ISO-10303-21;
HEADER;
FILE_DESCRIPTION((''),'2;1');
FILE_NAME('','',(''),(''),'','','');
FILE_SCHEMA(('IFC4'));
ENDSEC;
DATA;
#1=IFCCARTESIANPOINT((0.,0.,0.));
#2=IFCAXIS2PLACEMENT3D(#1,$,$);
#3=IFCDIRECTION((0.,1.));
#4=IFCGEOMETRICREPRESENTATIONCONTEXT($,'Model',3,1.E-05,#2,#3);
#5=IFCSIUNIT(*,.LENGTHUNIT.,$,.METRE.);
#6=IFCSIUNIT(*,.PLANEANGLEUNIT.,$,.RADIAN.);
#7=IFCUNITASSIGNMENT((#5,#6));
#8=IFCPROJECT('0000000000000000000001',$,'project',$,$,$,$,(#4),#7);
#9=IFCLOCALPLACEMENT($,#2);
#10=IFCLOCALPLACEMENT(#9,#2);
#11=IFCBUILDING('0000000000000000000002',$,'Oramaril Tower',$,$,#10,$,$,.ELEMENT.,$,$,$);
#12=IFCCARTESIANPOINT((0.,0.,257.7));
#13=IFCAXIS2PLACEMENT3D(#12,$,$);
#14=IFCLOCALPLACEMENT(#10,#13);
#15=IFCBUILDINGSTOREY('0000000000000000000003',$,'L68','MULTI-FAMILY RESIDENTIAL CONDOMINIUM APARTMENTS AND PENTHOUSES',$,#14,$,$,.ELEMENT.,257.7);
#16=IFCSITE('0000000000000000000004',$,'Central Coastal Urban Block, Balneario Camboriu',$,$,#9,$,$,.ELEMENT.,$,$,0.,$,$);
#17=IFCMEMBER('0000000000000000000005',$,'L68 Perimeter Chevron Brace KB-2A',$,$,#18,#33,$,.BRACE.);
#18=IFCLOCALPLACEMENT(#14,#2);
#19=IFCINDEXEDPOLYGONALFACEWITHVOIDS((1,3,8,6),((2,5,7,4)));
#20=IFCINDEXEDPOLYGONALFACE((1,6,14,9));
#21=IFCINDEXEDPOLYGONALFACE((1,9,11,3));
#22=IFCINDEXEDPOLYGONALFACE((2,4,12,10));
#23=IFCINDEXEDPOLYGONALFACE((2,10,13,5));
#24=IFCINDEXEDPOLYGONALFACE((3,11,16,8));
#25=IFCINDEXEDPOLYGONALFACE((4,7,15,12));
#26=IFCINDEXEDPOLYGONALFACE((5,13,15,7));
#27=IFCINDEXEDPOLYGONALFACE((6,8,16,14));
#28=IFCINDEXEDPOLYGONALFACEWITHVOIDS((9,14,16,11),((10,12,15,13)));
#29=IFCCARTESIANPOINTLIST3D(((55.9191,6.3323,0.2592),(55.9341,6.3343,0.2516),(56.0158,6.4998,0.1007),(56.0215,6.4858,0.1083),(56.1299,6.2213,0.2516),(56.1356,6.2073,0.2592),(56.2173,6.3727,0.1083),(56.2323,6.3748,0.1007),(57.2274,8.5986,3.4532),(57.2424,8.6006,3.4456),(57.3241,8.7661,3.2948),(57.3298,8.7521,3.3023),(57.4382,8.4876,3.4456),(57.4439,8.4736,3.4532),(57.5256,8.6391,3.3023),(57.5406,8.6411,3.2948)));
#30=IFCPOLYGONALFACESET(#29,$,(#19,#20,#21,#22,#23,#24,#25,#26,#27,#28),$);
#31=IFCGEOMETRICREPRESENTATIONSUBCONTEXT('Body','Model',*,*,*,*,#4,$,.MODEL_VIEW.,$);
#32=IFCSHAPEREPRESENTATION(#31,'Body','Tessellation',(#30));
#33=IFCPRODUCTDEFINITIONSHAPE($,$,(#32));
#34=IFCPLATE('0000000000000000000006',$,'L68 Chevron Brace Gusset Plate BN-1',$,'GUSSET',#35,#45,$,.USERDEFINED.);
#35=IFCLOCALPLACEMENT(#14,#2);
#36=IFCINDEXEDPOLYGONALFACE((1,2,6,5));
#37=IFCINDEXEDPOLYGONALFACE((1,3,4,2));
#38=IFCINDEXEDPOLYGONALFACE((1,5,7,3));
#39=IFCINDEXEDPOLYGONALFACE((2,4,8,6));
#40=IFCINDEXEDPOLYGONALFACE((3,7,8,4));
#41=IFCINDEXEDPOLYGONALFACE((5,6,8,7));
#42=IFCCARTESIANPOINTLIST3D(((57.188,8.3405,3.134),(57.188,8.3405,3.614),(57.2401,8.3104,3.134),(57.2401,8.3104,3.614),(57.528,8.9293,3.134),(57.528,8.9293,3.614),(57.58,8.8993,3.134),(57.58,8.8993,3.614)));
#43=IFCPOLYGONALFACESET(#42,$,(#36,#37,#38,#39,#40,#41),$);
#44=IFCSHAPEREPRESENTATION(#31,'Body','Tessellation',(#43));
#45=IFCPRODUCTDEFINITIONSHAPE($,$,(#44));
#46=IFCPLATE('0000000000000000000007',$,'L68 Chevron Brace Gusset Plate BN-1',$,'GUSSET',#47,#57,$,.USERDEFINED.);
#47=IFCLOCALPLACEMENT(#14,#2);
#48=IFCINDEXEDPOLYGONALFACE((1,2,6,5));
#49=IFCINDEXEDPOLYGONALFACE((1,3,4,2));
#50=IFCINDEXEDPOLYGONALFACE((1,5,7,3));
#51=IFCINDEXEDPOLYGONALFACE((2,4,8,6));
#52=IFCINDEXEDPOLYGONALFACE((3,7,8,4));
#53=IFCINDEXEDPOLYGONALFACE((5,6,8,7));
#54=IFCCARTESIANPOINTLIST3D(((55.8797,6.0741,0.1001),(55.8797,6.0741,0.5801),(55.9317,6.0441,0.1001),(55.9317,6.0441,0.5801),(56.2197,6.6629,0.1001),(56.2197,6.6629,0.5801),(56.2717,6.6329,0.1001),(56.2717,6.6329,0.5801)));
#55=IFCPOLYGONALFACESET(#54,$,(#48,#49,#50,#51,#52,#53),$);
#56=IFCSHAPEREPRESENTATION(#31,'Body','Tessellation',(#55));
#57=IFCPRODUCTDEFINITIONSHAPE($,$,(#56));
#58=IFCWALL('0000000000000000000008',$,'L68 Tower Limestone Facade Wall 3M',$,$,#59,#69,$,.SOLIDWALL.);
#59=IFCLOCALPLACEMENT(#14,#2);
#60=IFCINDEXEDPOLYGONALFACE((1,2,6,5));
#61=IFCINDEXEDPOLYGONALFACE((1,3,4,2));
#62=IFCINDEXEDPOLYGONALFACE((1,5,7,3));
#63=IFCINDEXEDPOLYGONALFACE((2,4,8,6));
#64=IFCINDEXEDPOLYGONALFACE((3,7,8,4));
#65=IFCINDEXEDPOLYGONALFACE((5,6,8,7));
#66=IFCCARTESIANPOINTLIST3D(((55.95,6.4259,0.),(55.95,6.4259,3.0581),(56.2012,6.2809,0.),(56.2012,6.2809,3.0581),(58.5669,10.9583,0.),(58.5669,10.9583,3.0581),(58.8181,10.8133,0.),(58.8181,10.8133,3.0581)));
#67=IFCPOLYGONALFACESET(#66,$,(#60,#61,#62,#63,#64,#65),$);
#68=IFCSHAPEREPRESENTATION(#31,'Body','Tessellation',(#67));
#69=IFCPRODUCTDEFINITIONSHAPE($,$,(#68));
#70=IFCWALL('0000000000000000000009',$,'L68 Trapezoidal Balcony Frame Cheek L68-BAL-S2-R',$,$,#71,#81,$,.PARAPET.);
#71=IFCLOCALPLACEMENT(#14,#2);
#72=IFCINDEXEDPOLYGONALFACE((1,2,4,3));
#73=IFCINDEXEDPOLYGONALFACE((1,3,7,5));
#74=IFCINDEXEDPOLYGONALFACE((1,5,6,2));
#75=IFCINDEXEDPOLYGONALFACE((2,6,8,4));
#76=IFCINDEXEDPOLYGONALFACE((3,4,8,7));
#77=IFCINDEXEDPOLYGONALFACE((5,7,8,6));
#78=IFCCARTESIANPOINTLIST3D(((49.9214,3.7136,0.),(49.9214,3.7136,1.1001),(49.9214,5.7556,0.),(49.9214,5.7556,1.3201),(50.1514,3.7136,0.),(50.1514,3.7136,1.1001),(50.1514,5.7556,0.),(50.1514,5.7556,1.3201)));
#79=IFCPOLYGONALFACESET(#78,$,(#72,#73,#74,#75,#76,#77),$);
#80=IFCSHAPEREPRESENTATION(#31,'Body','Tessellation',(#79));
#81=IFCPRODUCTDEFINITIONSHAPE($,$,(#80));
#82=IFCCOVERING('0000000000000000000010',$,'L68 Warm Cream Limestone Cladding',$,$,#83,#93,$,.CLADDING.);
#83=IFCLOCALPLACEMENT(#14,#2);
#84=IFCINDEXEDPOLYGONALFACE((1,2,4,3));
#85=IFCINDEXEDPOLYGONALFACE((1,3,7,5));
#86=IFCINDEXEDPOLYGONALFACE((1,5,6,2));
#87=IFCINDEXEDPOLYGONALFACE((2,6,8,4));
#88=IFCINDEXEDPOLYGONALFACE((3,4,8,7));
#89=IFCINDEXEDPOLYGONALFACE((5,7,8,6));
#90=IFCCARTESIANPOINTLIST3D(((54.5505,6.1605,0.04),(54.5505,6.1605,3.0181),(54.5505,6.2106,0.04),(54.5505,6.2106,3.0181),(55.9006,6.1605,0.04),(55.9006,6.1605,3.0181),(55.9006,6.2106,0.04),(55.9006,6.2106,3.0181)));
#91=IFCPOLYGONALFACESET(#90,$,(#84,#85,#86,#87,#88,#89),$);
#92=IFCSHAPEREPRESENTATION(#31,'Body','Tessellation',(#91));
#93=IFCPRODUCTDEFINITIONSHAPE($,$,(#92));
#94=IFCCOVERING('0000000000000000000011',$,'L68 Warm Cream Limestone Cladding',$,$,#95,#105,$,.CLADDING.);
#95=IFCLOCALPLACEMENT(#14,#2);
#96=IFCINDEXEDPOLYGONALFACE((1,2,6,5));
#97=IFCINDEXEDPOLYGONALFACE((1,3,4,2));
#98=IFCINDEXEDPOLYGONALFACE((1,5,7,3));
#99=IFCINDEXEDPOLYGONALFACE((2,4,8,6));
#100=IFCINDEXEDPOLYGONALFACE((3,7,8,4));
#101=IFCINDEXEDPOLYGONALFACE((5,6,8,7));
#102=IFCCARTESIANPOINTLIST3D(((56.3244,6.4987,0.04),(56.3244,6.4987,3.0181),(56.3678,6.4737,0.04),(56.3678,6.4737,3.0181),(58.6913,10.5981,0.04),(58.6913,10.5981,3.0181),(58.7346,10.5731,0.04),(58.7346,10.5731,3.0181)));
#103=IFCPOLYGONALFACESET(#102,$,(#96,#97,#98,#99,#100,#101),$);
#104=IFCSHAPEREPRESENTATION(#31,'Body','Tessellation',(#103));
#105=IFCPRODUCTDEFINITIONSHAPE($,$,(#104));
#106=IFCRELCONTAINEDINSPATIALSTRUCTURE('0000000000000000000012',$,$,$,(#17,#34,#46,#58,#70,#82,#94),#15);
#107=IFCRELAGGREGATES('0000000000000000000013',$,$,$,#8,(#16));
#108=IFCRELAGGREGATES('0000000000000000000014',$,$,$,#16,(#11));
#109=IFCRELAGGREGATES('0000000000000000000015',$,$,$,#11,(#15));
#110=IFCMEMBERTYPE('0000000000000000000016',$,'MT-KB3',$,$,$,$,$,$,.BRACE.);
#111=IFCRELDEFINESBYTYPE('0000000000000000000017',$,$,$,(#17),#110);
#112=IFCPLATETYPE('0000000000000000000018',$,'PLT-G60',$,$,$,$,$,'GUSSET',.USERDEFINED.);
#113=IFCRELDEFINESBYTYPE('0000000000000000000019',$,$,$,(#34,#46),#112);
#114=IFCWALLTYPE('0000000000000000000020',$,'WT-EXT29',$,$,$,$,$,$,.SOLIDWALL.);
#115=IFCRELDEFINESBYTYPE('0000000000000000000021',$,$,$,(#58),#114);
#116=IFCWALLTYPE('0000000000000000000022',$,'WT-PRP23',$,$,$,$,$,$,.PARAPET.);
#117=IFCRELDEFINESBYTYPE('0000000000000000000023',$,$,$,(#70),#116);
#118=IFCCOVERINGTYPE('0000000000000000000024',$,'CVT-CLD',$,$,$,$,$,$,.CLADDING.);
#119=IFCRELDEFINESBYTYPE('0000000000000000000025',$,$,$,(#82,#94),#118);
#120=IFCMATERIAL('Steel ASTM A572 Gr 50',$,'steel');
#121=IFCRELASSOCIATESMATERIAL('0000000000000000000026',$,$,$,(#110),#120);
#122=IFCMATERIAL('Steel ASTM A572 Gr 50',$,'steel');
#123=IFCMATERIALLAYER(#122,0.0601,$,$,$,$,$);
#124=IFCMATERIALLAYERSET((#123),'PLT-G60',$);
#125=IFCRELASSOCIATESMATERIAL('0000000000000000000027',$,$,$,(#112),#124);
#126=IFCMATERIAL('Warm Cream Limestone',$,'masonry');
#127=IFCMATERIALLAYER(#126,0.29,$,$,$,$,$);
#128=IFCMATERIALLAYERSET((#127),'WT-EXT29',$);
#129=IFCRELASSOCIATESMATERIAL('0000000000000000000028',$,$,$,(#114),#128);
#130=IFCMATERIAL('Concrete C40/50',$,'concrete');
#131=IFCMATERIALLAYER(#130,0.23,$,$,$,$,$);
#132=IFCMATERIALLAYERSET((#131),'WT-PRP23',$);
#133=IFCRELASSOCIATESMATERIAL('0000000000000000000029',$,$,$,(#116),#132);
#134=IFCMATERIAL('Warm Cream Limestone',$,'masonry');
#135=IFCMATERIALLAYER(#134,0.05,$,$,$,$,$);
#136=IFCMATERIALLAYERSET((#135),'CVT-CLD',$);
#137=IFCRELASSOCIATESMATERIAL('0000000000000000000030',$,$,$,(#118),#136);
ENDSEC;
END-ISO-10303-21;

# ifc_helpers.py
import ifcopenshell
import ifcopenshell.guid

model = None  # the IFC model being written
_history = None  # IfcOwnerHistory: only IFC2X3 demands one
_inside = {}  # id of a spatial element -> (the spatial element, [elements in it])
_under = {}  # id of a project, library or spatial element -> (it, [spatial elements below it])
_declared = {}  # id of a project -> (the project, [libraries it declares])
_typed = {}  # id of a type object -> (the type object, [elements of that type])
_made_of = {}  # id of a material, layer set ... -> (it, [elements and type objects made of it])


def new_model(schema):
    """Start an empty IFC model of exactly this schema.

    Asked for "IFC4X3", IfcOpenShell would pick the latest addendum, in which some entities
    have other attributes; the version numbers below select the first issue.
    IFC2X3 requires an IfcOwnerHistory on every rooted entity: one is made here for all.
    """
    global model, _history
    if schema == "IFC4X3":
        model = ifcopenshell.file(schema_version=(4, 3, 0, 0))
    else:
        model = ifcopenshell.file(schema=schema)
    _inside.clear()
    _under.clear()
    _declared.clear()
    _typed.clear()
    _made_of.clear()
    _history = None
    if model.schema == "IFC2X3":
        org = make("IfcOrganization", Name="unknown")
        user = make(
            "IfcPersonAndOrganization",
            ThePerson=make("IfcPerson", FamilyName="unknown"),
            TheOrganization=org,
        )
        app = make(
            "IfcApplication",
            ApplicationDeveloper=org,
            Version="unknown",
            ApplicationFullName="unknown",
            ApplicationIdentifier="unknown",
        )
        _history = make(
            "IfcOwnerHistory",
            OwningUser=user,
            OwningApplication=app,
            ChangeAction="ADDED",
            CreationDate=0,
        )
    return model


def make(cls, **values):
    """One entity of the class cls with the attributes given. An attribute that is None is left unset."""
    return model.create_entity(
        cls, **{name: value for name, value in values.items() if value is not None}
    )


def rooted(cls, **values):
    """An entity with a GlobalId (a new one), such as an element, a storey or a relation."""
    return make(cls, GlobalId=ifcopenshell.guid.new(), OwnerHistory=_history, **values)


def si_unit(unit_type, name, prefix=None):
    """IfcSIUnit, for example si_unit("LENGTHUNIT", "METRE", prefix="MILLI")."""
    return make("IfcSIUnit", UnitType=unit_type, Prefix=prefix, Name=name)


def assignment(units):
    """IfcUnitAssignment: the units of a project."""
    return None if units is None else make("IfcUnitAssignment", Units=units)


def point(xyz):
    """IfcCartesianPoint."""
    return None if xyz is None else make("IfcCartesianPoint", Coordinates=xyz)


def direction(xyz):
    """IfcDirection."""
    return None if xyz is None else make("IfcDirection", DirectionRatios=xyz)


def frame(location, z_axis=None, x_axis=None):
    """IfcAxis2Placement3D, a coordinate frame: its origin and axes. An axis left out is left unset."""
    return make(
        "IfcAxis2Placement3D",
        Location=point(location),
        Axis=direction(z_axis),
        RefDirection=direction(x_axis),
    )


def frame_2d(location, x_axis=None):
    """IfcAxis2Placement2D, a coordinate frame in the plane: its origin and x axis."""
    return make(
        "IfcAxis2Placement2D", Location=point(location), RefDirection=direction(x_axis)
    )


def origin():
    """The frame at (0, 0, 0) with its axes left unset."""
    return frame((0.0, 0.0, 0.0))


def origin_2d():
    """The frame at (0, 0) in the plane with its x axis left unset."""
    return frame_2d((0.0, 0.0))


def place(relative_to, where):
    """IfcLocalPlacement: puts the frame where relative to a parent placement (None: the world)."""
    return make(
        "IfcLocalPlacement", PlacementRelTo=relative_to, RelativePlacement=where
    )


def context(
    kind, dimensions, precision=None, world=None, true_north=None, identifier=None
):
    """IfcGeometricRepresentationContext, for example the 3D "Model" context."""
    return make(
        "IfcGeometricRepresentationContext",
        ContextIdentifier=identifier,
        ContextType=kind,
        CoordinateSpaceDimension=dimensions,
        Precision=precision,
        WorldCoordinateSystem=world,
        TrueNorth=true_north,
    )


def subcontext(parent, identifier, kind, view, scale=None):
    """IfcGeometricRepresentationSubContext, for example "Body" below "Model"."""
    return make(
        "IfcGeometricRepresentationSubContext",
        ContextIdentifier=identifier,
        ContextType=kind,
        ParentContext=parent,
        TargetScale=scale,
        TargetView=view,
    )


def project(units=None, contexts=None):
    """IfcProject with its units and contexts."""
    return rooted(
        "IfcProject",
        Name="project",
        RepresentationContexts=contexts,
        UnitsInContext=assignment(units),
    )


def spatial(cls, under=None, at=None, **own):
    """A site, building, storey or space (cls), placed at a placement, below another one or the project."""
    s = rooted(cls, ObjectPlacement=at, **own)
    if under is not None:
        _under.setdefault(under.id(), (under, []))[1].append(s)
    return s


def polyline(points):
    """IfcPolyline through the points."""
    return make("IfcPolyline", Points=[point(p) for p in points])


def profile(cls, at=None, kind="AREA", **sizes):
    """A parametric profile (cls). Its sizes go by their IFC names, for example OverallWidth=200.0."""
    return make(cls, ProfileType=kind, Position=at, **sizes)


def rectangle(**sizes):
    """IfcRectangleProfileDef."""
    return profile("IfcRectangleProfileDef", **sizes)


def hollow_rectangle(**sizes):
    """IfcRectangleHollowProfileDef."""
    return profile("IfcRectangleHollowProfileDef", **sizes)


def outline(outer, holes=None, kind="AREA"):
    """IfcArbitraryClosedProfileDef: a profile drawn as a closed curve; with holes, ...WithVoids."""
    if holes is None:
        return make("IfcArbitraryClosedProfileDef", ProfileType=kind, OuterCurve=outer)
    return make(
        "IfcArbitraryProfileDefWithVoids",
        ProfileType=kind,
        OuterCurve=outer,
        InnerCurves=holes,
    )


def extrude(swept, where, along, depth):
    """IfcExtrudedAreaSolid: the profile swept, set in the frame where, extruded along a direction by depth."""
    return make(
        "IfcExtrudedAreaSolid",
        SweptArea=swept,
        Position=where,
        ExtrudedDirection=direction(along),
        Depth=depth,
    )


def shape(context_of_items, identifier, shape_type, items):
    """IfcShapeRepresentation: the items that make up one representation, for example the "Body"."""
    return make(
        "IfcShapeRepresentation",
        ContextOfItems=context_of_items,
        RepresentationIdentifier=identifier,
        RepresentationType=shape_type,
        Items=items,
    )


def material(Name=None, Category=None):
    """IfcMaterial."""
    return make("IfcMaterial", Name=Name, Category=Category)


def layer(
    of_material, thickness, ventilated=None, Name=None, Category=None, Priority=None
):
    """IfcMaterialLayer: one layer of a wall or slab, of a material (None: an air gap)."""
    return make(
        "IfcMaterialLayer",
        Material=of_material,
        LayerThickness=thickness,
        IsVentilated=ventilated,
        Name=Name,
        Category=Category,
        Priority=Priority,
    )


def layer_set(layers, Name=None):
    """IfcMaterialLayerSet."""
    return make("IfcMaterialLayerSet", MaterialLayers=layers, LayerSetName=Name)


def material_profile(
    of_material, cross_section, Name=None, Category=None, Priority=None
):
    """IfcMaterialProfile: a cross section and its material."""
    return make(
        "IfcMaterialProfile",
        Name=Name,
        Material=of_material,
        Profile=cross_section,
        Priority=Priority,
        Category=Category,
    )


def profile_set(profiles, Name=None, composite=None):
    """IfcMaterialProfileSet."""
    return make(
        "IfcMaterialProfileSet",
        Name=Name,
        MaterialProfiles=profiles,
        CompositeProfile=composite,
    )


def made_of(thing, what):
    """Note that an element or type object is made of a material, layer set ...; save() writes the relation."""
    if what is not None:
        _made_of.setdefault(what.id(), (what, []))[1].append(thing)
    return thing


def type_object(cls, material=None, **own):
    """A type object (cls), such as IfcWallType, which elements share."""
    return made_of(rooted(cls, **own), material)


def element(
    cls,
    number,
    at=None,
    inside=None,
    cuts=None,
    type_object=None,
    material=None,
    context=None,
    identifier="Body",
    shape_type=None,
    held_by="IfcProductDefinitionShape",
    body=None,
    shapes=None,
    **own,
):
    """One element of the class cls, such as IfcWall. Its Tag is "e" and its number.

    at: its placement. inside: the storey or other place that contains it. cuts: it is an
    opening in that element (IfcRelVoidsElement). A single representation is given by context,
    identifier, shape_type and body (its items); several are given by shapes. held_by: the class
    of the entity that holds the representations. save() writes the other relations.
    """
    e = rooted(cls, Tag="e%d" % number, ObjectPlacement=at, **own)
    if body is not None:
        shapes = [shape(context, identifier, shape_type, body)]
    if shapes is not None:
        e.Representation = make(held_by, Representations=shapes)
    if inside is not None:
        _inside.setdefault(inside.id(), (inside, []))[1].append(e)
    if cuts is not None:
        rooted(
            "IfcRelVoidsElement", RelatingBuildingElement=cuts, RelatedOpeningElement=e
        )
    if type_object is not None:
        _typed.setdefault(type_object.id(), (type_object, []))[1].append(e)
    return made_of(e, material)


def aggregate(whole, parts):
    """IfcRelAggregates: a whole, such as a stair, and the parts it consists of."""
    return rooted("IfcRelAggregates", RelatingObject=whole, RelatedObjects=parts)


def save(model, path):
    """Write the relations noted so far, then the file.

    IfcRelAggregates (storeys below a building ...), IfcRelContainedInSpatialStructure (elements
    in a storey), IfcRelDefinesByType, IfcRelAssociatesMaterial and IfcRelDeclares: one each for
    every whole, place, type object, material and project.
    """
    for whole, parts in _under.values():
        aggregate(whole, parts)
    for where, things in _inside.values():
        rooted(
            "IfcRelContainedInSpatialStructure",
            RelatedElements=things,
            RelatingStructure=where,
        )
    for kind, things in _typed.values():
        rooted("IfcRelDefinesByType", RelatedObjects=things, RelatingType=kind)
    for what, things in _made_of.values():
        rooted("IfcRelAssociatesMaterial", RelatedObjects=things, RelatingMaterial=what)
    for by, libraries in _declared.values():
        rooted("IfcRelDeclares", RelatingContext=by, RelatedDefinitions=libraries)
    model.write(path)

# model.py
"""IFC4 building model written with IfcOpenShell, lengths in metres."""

from ifc_helpers import new_model, si_unit, direction, frame, frame_2d, origin, origin_2d, place, context, subcontext, project, spatial, polyline, rectangle, hollow_rectangle, outline, extrude, material, layer, layer_set, material_profile, profile_set, type_object, element, save


model = new_model("IFC4")

# Units and contexts
model_context = context("Model", 3, precision=1e-05, world=origin(), true_north=direction((0.0, 1.0)))
body_context = subcontext(model_context, "Body", "Model", "MODEL_VIEW")
ifc_project = project(units=[si_unit("LENGTHUNIT", "METRE"), si_unit("PLANEANGLEUNIT", "RADIAN")], contexts=[model_context])

# Site, building, storey
site_placement = place(None, origin())
site = spatial("IfcSite", under=ifc_project, at=site_placement, Name="Central Coastal Urban Block, Balneario Camboriu", CompositionType="ELEMENT", RefElevation=0.0)
building_placement = place(site_placement, origin())
building = spatial("IfcBuilding", under=site, at=building_placement, Name="Oramaril Tower", CompositionType="ELEMENT")
storey_placement = place(building_placement, frame((0.0, 0.0, 257.7)))
storey = spatial("IfcBuildingStorey", under=building, at=storey_placement, Name="L68", Description="MULTI-FAMILY RESIDENTIAL CONDOMINIUM APARTMENTS AND PENTHOUSES", CompositionType="ELEMENT", Elevation=257.7)

# Member
ifc_material_1 = material(Name="Steel ASTM A572 Gr 50", Category="steel")
ifc_material_profile_1 = material_profile(ifc_material_1, hollow_rectangle(XDim=0.25, YDim=0.25, WallThickness=0.012, at=origin_2d()), Name="HSS250X250X12")
ifc_profile_set_1 = profile_set([ifc_material_profile_1], Name="Steel ASTM A572 Gr 50")
member_type = type_object("IfcMemberType", Name="MT-KB3", PredefinedType="BRACE", material=ifc_profile_set_1)
member_placement = place(storey_placement, frame((56.0757, 6.3535, 0.1799), z_axis=(0.316852, 0.54886, 0.773536), x_axis=(-0.866047, 0.499962, 0.0)))
element("IfcMember", 1, at=member_placement, inside=storey, type_object=member_type, Name="L68 Perimeter Chevron Brace KB-2A", PredefinedType="BRACE", context=body_context, shape_type="SweptSolid", body=[
    extrude(hollow_rectangle(XDim=0.25, YDim=0.25, WallThickness=0.012, at=origin_2d()), origin(), (0.0, 0.0, 1.0), 4.1292),
])

# Plates
ifc_material_2 = material(Name="Steel ASTM A572 Gr 50", Category="steel")
ifc_layer_1 = layer(ifc_material_2, 0.0601)
ifc_layer_set_1 = layer_set([ifc_layer_1], Name="PLT-G60")
plate_type = type_object("IfcPlateType", Name="PLT-G60", ElementType="GUSSET", PredefinedType="USERDEFINED", material=ifc_layer_set_1)
for number, where, z_axis, x_axis, name in (
    (2, (57.384, 8.6199, 3.134), (0.0, 0.0, 1.0), (0.500009, 0.86602, 0.0), "L68 Chevron Brace Gusset Plate BN-1"),
    (3, (56.0757, 6.3535, 0.1001), (0.0, 0.0, 1.0), (0.500009, 0.86602, 0.0), "L68 Chevron Brace Gusset Plate BN-1"),
):
    element("IfcPlate", number, at=place(storey_placement, frame(where, z_axis=z_axis, x_axis=x_axis)), inside=storey, type_object=plate_type, Name=name, ObjectType="GUSSET", PredefinedType="USERDEFINED", context=body_context, shape_type="SweptSolid", body=[
        extrude(rectangle(XDim=0.6799, YDim=0.0601, at=origin_2d()), origin(), (0.0, 0.0, 1.0), 0.48),
    ])

# Walls
ifc_material_3 = material(Name="Warm Cream Limestone", Category="masonry")
ifc_layer_2 = layer(ifc_material_3, 0.29)
ifc_layer_set_2 = layer_set([ifc_layer_2], Name="WT-EXT29")
wall_type_1 = type_object("IfcWallType", Name="WT-EXT29", PredefinedType="SOLIDWALL", material=ifc_layer_set_2)
wall_1_placement = place(storey_placement, frame((56.0757, 6.3535, 0.0), z_axis=(0.0, 0.0, 1.0), x_axis=(0.500017, 0.866015, 0.0)))
element("IfcWall", 4, at=wall_1_placement, inside=storey, type_object=wall_type_1, Name="L68 Tower Limestone Facade Wall 3M", PredefinedType="SOLIDWALL", context=body_context, shape_type="SweptSolid", body=[
    extrude(rectangle(XDim=5.2336, YDim=0.29, at=frame_2d((2.6167, 0.0))), origin(), (0.0, 0.0, 1.0), 3.0581),
])
ifc_material_4 = material(Name="Concrete C40/50", Category="concrete")
ifc_layer_3 = layer(ifc_material_4, 0.23)
ifc_layer_set_3 = layer_set([ifc_layer_3], Name="WT-PRP23")
wall_type_2 = type_object("IfcWallType", Name="WT-PRP23", PredefinedType="PARAPET", material=ifc_layer_set_3)
wall_2_placement = place(storey_placement, frame((50.0364, 5.7556, 0.0), z_axis=(0.0, 0.0, 1.0), x_axis=(0.0, -1.0, 0.0)))
element("IfcWall", 5, at=wall_2_placement, inside=storey, type_object=wall_type_2, Name="L68 Trapezoidal Balcony Frame Cheek L68-BAL-S2-R", PredefinedType="PARAPET", context=body_context, shape_type="SweptSolid", body=[
    extrude(outline(polyline([(0.0, 0.0), (2.042, 0.0), (2.042, 1.1001), (0.0, 1.3201), (0.0, 0.0)])), frame((0.0, 0.115, 0.0), z_axis=(0.0, -1.0, 0.0), x_axis=(1.0, 0.0, 0.0)), (0.0, 0.0, 1.0), 0.23),
])

# Coverings
ifc_material_5 = material(Name="Warm Cream Limestone", Category="masonry")
ifc_layer_4 = layer(ifc_material_5, 0.05)
ifc_layer_set_4 = layer_set([ifc_layer_4], Name="CVT-CLD")
covering_type = type_object("IfcCoveringType", Name="CVT-CLD", PredefinedType="CLADDING", material=ifc_layer_set_4)
covering_1_placement = place(storey_placement, frame((55.2256, 6.1855, 0.04), z_axis=(0.0, 0.0, 1.0), x_axis=(1.0, 0.0, 0.0)))
element("IfcCovering", 6, at=covering_1_placement, inside=storey, type_object=covering_type, Name="L68 Warm Cream Limestone Cladding", PredefinedType="CLADDING", context=body_context, shape_type="SweptSolid", body=[
    extrude(rectangle(XDim=1.3501, YDim=0.05, at=origin_2d()), origin(), (0.0, 0.0, 1.0), 2.978),
])
covering_2_placement = place(storey_placement, frame((57.5295, 8.5359, 0.04), z_axis=(0.0, 0.0, 1.0), x_axis=(0.500009, 0.86602, 0.0)))
element("IfcCovering", 7, at=covering_2_placement, inside=storey, type_object=covering_type, Name="L68 Warm Cream Limestone Cladding", PredefinedType="CLADDING", context=body_context, shape_type="SweptSolid", body=[
    extrude(rectangle(XDim=4.7336, YDim=0.05, at=origin_2d()), origin(), (0.0, 0.0, 1.0), 2.978),
])

save(model, "model.ifc")
